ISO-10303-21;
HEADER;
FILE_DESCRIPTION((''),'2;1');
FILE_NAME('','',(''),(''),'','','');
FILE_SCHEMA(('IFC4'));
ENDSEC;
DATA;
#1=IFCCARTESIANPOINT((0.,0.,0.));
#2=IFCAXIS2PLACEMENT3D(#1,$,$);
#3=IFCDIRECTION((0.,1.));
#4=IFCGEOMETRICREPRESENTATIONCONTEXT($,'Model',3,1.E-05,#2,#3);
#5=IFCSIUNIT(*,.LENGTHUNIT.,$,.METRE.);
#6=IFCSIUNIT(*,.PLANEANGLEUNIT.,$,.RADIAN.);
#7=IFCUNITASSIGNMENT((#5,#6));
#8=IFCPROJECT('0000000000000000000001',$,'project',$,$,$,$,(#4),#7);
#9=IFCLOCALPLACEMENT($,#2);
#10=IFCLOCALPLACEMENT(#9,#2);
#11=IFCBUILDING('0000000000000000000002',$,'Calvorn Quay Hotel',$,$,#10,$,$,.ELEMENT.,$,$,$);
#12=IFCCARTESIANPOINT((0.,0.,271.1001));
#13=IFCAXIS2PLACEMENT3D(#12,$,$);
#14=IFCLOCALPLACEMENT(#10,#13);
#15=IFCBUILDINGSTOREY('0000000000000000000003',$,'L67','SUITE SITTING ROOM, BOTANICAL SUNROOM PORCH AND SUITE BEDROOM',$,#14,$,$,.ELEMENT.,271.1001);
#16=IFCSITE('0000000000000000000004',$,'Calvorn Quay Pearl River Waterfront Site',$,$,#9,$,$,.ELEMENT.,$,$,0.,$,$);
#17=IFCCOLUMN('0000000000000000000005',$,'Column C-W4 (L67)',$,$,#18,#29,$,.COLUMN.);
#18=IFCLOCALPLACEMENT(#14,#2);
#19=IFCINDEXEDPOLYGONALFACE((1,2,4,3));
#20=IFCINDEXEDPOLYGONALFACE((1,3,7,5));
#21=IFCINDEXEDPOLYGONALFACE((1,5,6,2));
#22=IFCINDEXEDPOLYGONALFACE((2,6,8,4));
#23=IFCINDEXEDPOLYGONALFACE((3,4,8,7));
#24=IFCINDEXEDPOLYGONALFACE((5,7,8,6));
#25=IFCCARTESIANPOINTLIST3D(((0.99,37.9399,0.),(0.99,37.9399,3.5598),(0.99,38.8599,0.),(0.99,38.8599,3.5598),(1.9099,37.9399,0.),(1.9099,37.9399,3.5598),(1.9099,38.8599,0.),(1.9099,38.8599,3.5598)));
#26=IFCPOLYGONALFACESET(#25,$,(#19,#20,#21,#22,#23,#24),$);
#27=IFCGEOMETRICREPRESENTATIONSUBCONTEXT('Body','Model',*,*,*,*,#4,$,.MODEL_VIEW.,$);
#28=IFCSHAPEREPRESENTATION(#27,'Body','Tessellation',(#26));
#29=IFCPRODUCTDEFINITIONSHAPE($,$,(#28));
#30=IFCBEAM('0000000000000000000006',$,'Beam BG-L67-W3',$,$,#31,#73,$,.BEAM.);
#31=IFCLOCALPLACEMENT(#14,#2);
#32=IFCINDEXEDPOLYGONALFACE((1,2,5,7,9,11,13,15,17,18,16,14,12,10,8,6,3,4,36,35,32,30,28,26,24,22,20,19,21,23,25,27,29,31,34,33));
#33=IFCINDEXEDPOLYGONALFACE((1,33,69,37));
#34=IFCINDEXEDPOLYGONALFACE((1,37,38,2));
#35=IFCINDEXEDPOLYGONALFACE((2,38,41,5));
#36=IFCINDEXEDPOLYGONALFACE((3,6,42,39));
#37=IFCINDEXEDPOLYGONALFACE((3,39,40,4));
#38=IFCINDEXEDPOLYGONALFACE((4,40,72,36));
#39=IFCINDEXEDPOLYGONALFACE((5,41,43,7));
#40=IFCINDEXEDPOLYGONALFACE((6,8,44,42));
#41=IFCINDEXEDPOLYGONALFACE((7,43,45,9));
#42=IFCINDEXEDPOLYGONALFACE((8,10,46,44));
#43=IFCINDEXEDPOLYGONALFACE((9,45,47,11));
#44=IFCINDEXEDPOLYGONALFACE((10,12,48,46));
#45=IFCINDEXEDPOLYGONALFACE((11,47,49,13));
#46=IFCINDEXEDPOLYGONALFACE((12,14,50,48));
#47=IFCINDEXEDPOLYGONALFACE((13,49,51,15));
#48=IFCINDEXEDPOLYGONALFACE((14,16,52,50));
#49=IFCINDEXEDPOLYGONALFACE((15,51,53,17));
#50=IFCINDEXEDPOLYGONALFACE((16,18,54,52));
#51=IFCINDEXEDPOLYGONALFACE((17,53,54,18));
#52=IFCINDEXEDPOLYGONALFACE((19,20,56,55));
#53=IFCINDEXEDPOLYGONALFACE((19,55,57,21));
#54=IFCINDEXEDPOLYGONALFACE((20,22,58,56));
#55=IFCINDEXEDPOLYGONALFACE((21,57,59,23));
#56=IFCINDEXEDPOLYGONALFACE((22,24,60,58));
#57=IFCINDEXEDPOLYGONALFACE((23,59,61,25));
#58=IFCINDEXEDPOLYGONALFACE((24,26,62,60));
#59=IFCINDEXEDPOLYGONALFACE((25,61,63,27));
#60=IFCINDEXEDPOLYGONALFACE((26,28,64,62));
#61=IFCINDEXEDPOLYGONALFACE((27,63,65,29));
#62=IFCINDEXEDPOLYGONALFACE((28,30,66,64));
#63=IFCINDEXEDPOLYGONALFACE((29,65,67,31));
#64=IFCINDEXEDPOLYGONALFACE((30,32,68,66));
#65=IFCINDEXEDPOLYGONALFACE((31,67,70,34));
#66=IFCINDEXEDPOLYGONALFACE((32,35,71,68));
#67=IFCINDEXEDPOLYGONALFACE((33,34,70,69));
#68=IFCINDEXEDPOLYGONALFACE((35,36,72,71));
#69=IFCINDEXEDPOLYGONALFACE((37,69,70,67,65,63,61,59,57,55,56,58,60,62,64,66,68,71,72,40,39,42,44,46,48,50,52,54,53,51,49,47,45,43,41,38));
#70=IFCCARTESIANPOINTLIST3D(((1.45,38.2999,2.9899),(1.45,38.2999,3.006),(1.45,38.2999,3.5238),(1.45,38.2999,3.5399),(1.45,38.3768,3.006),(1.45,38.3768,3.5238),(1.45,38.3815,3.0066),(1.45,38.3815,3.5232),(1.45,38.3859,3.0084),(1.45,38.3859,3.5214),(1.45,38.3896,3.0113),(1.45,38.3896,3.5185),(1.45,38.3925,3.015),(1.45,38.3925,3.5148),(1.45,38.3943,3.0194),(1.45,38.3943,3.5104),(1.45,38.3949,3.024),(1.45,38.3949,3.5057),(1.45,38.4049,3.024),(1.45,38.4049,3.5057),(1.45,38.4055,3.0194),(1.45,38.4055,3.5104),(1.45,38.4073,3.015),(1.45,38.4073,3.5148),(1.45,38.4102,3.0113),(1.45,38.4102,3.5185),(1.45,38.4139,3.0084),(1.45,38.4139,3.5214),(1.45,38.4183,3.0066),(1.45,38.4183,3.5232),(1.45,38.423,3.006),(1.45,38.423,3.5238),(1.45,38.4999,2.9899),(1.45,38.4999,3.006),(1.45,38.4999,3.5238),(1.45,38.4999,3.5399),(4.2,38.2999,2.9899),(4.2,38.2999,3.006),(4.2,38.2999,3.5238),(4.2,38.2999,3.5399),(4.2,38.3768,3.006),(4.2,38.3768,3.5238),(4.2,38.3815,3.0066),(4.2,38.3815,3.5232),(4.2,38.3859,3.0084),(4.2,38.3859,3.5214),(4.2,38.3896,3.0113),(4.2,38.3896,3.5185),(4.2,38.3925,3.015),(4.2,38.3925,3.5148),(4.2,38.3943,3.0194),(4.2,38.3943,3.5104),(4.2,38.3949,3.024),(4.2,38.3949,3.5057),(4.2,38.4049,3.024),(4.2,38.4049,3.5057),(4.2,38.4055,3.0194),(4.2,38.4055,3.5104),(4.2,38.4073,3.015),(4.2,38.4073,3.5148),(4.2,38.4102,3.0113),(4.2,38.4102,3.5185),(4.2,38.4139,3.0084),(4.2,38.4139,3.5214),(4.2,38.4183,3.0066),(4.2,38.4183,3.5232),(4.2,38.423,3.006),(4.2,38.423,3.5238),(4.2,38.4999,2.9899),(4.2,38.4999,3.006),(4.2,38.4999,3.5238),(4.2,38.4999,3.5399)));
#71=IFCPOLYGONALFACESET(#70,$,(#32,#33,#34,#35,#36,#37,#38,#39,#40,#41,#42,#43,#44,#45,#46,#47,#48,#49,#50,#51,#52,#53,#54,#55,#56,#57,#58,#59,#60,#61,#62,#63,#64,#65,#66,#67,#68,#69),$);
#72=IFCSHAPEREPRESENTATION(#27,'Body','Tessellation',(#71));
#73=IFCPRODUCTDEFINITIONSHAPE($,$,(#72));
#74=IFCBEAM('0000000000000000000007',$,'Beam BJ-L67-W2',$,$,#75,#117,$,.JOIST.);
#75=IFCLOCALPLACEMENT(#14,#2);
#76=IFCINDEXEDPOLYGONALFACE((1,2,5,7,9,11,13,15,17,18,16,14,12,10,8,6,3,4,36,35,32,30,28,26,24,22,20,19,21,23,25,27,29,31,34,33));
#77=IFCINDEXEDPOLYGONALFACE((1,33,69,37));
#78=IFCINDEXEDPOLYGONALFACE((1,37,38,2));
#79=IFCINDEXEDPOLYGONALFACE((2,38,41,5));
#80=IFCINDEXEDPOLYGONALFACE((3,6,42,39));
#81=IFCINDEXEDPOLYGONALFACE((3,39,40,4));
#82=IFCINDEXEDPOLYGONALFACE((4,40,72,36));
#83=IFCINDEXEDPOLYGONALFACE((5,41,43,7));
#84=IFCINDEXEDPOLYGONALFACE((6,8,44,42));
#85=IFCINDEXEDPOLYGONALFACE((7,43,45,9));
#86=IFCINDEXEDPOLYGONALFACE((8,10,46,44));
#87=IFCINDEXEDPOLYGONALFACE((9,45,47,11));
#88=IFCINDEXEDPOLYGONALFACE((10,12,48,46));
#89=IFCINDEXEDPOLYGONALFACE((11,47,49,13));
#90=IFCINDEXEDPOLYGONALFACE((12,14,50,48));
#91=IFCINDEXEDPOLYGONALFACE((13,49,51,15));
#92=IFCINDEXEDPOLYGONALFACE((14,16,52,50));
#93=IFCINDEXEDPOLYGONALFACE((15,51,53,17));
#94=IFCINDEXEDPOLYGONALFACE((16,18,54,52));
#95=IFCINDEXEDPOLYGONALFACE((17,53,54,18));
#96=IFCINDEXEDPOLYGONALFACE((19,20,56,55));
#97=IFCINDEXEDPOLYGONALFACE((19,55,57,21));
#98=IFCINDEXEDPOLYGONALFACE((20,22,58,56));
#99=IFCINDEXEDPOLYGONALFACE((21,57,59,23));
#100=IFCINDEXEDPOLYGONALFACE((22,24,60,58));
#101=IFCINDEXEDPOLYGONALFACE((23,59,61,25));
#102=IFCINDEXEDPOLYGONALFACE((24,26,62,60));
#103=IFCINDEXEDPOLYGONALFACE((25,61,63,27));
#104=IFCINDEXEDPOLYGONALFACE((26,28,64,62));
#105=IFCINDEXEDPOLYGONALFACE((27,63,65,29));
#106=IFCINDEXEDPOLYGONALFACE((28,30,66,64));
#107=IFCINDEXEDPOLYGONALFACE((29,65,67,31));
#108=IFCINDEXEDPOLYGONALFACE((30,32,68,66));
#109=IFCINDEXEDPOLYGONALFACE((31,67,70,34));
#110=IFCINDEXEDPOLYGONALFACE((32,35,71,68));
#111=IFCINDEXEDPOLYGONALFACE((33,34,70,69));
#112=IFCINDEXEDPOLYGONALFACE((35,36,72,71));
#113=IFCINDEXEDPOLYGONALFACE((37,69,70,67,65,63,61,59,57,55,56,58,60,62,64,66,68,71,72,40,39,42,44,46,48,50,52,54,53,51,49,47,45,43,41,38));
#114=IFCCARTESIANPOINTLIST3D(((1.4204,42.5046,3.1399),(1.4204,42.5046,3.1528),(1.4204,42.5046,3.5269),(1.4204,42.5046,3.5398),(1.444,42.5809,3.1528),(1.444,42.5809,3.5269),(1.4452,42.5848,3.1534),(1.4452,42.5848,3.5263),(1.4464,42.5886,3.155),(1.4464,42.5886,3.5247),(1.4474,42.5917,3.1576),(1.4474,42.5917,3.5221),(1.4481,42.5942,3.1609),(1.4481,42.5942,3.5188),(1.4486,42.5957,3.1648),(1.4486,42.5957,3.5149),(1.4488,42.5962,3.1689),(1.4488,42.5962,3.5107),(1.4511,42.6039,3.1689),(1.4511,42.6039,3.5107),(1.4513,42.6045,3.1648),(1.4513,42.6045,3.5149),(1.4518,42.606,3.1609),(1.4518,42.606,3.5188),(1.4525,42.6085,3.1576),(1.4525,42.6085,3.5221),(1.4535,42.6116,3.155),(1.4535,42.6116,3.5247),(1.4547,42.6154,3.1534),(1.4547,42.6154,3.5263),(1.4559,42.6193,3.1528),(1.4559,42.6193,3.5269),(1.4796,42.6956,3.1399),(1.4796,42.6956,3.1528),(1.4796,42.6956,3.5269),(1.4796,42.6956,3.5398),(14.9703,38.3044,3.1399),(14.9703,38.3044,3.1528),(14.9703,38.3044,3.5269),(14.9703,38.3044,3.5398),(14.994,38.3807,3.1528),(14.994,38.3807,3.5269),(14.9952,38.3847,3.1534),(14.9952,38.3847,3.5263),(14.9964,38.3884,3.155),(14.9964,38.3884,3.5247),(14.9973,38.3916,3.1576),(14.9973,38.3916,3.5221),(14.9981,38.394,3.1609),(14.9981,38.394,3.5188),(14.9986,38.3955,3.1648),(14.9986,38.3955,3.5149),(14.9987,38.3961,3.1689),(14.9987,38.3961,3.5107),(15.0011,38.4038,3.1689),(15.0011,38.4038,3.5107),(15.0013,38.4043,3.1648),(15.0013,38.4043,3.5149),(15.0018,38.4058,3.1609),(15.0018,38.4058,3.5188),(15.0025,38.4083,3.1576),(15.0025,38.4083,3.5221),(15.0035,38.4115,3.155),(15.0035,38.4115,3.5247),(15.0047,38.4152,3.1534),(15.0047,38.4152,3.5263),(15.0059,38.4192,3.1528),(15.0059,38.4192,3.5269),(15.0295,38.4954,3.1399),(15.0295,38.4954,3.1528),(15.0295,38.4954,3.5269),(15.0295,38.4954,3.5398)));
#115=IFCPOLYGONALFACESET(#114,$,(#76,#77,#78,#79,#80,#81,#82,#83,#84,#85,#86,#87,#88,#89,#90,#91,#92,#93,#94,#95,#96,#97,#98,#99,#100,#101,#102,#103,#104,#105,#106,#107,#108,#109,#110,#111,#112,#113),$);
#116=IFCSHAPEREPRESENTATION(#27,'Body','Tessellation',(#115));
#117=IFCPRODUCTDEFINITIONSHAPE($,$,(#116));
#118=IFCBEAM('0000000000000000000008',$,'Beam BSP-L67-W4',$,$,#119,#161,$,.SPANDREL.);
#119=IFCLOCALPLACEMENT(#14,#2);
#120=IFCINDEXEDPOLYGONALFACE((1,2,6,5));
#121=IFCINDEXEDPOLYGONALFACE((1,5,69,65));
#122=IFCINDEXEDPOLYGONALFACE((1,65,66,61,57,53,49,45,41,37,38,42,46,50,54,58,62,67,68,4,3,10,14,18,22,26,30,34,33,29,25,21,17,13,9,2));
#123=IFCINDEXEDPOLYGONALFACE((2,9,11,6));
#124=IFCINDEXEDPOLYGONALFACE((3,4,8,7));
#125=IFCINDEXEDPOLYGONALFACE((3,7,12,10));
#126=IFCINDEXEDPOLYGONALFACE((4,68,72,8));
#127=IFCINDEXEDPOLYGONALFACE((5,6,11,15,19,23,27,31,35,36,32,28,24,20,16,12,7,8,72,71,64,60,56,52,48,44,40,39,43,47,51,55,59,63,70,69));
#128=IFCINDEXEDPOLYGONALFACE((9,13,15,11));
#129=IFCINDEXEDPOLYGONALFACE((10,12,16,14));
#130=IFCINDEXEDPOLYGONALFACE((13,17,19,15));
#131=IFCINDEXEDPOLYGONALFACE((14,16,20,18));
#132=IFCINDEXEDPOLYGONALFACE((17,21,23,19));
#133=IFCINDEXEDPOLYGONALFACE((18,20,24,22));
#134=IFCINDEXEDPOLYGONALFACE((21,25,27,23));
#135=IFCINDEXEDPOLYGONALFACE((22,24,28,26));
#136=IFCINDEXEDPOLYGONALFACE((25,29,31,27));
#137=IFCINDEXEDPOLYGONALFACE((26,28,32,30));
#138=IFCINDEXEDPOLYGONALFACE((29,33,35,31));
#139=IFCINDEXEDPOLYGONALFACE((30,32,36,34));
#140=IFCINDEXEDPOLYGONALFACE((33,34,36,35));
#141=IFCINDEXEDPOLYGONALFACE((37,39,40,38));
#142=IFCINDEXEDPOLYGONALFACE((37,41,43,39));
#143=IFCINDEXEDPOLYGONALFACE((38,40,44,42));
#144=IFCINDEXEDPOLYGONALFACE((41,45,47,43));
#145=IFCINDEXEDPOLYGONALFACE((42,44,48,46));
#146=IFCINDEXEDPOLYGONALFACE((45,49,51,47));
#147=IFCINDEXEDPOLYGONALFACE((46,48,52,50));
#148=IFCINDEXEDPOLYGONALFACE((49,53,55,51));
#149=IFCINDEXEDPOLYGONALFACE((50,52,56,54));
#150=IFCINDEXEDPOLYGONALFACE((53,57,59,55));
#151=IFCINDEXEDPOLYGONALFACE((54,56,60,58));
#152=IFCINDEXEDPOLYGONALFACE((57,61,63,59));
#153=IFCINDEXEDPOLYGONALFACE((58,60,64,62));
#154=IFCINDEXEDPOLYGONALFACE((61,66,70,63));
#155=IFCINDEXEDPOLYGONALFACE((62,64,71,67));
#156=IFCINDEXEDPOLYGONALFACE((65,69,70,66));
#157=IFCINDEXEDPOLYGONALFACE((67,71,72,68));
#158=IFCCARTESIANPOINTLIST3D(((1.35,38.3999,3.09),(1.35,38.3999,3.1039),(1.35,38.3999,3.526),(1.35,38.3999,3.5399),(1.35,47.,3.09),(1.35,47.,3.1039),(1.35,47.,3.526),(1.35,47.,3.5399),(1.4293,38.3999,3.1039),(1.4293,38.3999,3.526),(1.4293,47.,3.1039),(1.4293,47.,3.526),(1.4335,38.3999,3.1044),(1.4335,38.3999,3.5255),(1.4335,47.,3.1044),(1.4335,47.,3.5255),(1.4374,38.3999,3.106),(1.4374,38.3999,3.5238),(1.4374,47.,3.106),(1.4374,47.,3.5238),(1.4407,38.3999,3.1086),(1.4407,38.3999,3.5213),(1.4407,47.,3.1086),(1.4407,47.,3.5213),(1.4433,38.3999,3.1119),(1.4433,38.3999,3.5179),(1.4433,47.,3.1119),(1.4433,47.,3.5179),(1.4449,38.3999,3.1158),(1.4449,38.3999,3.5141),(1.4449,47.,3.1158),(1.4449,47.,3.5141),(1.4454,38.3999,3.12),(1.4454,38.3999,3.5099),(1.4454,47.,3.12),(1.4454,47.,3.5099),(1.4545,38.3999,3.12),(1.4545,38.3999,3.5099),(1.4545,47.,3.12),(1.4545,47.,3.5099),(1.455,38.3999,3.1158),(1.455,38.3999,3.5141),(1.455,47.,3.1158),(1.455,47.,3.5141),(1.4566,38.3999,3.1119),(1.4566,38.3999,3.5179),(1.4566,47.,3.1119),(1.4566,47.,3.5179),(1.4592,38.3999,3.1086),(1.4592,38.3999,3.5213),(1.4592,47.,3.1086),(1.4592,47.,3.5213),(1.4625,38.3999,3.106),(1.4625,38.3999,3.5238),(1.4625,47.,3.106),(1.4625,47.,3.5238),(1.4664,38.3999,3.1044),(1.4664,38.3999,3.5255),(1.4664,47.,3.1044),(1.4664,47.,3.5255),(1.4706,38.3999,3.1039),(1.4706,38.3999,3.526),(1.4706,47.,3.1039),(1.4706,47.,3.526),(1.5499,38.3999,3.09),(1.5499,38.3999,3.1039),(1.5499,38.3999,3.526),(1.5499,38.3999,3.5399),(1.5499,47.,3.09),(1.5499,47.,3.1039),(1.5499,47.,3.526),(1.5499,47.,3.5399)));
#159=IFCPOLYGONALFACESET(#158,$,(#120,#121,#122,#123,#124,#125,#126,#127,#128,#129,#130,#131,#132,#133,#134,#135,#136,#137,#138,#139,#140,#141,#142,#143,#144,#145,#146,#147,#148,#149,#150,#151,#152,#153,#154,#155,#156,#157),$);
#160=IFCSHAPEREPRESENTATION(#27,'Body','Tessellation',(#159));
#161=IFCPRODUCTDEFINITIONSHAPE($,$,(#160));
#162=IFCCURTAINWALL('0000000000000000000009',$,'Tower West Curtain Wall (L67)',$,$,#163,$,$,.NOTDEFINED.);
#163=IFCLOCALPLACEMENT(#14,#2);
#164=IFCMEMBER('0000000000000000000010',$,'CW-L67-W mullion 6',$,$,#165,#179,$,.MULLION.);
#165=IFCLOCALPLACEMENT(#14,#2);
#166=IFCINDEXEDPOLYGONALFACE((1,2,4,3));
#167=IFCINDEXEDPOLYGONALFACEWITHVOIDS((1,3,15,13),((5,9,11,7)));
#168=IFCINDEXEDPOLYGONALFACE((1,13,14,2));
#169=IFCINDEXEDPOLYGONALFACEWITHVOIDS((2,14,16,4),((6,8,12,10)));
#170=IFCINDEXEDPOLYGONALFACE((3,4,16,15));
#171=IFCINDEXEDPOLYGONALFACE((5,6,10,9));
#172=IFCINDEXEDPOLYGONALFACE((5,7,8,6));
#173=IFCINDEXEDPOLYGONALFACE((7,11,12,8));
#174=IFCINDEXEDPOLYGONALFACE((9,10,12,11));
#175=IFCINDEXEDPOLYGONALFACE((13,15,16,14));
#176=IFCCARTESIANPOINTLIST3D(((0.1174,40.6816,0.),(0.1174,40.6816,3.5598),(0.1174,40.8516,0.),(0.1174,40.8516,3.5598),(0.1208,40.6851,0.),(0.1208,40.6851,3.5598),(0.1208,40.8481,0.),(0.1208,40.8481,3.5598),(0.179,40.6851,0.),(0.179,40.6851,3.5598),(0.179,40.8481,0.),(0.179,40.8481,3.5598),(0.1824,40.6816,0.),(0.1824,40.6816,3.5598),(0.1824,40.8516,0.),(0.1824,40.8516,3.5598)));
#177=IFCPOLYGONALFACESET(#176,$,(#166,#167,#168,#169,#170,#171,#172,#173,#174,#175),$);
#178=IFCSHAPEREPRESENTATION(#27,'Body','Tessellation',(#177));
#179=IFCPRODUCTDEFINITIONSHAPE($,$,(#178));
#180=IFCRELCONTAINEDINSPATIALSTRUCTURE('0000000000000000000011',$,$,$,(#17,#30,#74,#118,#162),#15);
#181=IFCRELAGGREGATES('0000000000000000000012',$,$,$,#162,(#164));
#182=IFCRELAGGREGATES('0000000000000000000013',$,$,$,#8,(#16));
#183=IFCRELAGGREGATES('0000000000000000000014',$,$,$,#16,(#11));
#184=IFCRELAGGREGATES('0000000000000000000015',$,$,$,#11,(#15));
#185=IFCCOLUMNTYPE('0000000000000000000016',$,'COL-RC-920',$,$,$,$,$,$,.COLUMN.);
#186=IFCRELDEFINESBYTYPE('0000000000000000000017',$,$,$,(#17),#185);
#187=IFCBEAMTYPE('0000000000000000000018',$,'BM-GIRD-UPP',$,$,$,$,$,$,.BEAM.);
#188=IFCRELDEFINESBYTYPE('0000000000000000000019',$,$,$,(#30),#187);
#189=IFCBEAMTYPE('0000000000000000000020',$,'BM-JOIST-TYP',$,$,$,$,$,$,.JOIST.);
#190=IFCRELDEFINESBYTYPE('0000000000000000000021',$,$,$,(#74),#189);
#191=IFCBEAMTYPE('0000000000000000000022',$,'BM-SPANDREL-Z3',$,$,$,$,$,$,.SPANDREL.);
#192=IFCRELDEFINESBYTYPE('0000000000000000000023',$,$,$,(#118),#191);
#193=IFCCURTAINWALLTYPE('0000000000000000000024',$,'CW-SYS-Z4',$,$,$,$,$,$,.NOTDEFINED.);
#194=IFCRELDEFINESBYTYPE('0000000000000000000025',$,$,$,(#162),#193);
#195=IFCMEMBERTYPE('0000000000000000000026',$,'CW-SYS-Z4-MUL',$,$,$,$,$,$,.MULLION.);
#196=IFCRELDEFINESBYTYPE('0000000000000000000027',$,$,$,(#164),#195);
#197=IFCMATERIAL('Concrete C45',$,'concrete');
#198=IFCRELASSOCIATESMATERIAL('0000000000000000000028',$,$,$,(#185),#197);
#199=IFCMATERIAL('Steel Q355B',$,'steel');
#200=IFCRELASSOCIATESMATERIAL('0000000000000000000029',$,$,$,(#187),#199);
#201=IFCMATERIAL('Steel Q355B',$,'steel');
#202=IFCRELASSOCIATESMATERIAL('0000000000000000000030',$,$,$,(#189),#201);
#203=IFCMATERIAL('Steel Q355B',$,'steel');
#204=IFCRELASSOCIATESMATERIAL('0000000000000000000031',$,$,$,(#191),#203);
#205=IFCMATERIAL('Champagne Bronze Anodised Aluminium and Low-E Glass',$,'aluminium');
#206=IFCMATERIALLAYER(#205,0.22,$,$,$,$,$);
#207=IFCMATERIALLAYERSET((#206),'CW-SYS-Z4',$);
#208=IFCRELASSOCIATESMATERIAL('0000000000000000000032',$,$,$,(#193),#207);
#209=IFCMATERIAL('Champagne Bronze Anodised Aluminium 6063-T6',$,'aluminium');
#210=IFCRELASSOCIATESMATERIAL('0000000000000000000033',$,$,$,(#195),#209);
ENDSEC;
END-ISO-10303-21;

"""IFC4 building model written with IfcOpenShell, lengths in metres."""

from ifc_helpers import new_model, si_unit, direction, frame, origin, origin_2d, place, context, subcontext, project, spatial, rectangle, hollow_rectangle, i_section, extrude, material, layer, layer_set, material_profile, profile_set, type_object, element, aggregate, save


model = new_model("IFC4")

# Units and contexts
model_context = context("Model", 3, precision=1e-05, world=origin(), true_north=direction((0.0, 1.0)))
body_context = subcontext(model_context, "Body", "Model", "MODEL_VIEW")
ifc_project = project(units=[si_unit("LENGTHUNIT", "METRE"), si_unit("PLANEANGLEUNIT", "RADIAN")], contexts=[model_context])

# Site, building, storey
site_placement = place(None, origin())
site = spatial("IfcSite", under=ifc_project, at=site_placement, Name="Calvorn Quay Pearl River Waterfront Site", CompositionType="ELEMENT", RefElevation=0.0)
building_placement = place(site_placement, origin())
building = spatial("IfcBuilding", under=site, at=building_placement, Name="Calvorn Quay Hotel", CompositionType="ELEMENT")
storey_placement = place(building_placement, frame((0.0, 0.0, 271.1001)))
storey = spatial("IfcBuildingStorey", under=building, at=storey_placement, Name="L67", Description="SUITE SITTING ROOM, BOTANICAL SUNROOM PORCH AND SUITE BEDROOM", CompositionType="ELEMENT", Elevation=271.1001)

# Column
ifc_material_1 = material(Name="Concrete C45", Category="concrete")
ifc_material_profile_1 = material_profile(ifc_material_1, rectangle(XDim=0.9199, YDim=0.9199, at=origin_2d()), Name="RC920x920")
ifc_profile_set_1 = profile_set([ifc_material_profile_1], Name="Concrete C45")
column_type = type_object("IfcColumnType", Name="COL-RC-920", PredefinedType="COLUMN", material=ifc_profile_set_1)
column_placement = place(storey_placement, frame((1.45, 38.3999, 0.0), z_axis=(0.0, 0.0, 1.0), x_axis=(1.0, 0.0, 0.0)))
element("IfcColumn", 1, at=column_placement, inside=storey, type_object=column_type, Name="Column C-W4 (L67)", PredefinedType="COLUMN", context=body_context, shape_type="SweptSolid", body=[
    extrude(rectangle(XDim=0.9199, YDim=0.9199, at=origin_2d()), origin(), (0.0, 0.0, 1.0), 3.5598),
])

# Beams
ifc_material_2 = material(Name="Steel Q355B", Category="steel")
ifc_material_profile_2 = material_profile(ifc_material_2, i_section(OverallWidth=0.2, OverallDepth=0.55, WebThickness=0.01, FlangeThickness=0.0161, FilletRadius=0.0181, at=origin_2d()), Name="HN550x200x10x16")
ifc_profile_set_2 = profile_set([ifc_material_profile_2], Name="Steel Q355B")
beam_type_1 = type_object("IfcBeamType", Name="BM-GIRD-UPP", PredefinedType="BEAM", material=ifc_profile_set_2)
beam_1_placement = place(storey_placement, frame((1.45, 38.3999, 3.2649), z_axis=(1.0, 0.0, 0.0), x_axis=(0.0, 1.0, 0.0)))
element("IfcBeam", 2, at=beam_1_placement, inside=storey, type_object=beam_type_1, Name="Beam BG-L67-W3", PredefinedType="BEAM", context=body_context, shape_type="SweptSolid", body=[
    extrude(i_section(OverallWidth=0.2, OverallDepth=0.55, WebThickness=0.01, FlangeThickness=0.0161, FilletRadius=0.0181, at=origin_2d()), origin(), (0.0, 0.0, 1.0), 2.75),
])
ifc_material_3 = material(Name="Steel Q355B", Category="steel")
ifc_material_profile_3 = material_profile(ifc_material_3, i_section(OverallWidth=0.2, OverallDepth=0.3999, WebThickness=0.0081, FlangeThickness=0.0129, FilletRadius=0.0161, at=origin_2d()), Name="HN400x200x8x13")
ifc_profile_set_3 = profile_set([ifc_material_profile_3], Name="Steel Q355B")
beam_type_2 = type_object("IfcBeamType", Name="BM-JOIST-TYP", PredefinedType="JOIST", material=ifc_profile_set_3)
beam_2_placement = place(storey_placement, frame((1.45, 42.6001, 3.3398), z_axis=(0.955164, -0.296078, 0.0), x_axis=(0.296078, 0.955164, 0.0)))
element("IfcBeam", 3, at=beam_2_placement, inside=storey, type_object=beam_type_2, Name="Beam BJ-L67-W2", PredefinedType="JOIST", context=body_context, shape_type="SweptSolid", body=[
    extrude(i_section(OverallWidth=0.2, OverallDepth=0.3999, WebThickness=0.0081, FlangeThickness=0.0129, FilletRadius=0.0161, at=origin_2d()), origin(), (0.0, 0.0, 1.0), 14.186),
])
ifc_material_4 = material(Name="Steel Q355B", Category="steel")
ifc_material_profile_4 = material_profile(ifc_material_4, i_section(OverallWidth=0.2, OverallDepth=0.45, WebThickness=0.009, FlangeThickness=0.0139, FilletRadius=0.0161, at=origin_2d()), Name="HN450x200x9x14")
ifc_profile_set_4 = profile_set([ifc_material_profile_4], Name="Steel Q355B")
beam_type_3 = type_object("IfcBeamType", Name="BM-SPANDREL-Z3", PredefinedType="SPANDREL", material=ifc_profile_set_4)
beam_3_placement = place(storey_placement, frame((1.45, 38.3999, 3.3149), z_axis=(0.0, 1.0, 0.0), x_axis=(-1.0, 0.0, 0.0)))
element("IfcBeam", 4, at=beam_3_placement, inside=storey, type_object=beam_type_3, Name="Beam BSP-L67-W4", PredefinedType="SPANDREL", context=body_context, shape_type="SweptSolid", body=[
    extrude(i_section(OverallWidth=0.2, OverallDepth=0.45, WebThickness=0.009, FlangeThickness=0.0139, FilletRadius=0.0161, at=origin_2d()), origin(), (0.0, 0.0, 1.0), 8.6001),
])

# Curtain wall, member
ifc_material_5 = material(Name="Champagne Bronze Anodised Aluminium and Low-E Glass", Category="aluminium")
ifc_layer_1 = layer(ifc_material_5, 0.22)
ifc_layer_set_1 = layer_set([ifc_layer_1], Name="CW-SYS-Z4")
curtain_wall_type = type_object("IfcCurtainWallType", Name="CW-SYS-Z4", PredefinedType="NOTDEFINED", material=ifc_layer_set_1)
curtain_wall_placement = place(storey_placement, origin())
curtain_wall = element("IfcCurtainWall", 5, at=curtain_wall_placement, inside=storey, type_object=curtain_wall_type, Name="Tower West Curtain Wall (L67)", PredefinedType="NOTDEFINED")
ifc_material_6 = material(Name="Champagne Bronze Anodised Aluminium 6063-T6", Category="aluminium")
ifc_material_profile_5 = material_profile(ifc_material_6, hollow_rectangle(XDim=0.0649, YDim=0.1699, WallThickness=0.0034, at=origin_2d()), Name="ALU-M170x65x3.5")
ifc_profile_set_5 = profile_set([ifc_material_profile_5], Name="Champagne Bronze Anodised Aluminium 6063-T6")
member_type_1 = type_object("IfcMemberType", Name="CW-SYS-Z4-MUL", PredefinedType="MULLION", material=ifc_profile_set_5)
member_1_placement = place(storey_placement, frame((0.1499, 40.7666, 0.0), z_axis=(0.0, 0.0, 1.0), x_axis=(-1.0, 0.0, 0.0)))
member_1 = element("IfcMember", 6, at=member_1_placement, type_object=member_type_1, Name="CW-L67-W mullion 6", PredefinedType="MULLION", context=body_context, shape_type="SweptSolid", body=[
    extrude(hollow_rectangle(XDim=0.0649, YDim=0.1699, WallThickness=0.0034, at=origin_2d()), origin(), (0.0, 0.0, 1.0), 3.5598),
])
aggregate(curtain_wall, [member_1])

save(model, "model.ifc")
